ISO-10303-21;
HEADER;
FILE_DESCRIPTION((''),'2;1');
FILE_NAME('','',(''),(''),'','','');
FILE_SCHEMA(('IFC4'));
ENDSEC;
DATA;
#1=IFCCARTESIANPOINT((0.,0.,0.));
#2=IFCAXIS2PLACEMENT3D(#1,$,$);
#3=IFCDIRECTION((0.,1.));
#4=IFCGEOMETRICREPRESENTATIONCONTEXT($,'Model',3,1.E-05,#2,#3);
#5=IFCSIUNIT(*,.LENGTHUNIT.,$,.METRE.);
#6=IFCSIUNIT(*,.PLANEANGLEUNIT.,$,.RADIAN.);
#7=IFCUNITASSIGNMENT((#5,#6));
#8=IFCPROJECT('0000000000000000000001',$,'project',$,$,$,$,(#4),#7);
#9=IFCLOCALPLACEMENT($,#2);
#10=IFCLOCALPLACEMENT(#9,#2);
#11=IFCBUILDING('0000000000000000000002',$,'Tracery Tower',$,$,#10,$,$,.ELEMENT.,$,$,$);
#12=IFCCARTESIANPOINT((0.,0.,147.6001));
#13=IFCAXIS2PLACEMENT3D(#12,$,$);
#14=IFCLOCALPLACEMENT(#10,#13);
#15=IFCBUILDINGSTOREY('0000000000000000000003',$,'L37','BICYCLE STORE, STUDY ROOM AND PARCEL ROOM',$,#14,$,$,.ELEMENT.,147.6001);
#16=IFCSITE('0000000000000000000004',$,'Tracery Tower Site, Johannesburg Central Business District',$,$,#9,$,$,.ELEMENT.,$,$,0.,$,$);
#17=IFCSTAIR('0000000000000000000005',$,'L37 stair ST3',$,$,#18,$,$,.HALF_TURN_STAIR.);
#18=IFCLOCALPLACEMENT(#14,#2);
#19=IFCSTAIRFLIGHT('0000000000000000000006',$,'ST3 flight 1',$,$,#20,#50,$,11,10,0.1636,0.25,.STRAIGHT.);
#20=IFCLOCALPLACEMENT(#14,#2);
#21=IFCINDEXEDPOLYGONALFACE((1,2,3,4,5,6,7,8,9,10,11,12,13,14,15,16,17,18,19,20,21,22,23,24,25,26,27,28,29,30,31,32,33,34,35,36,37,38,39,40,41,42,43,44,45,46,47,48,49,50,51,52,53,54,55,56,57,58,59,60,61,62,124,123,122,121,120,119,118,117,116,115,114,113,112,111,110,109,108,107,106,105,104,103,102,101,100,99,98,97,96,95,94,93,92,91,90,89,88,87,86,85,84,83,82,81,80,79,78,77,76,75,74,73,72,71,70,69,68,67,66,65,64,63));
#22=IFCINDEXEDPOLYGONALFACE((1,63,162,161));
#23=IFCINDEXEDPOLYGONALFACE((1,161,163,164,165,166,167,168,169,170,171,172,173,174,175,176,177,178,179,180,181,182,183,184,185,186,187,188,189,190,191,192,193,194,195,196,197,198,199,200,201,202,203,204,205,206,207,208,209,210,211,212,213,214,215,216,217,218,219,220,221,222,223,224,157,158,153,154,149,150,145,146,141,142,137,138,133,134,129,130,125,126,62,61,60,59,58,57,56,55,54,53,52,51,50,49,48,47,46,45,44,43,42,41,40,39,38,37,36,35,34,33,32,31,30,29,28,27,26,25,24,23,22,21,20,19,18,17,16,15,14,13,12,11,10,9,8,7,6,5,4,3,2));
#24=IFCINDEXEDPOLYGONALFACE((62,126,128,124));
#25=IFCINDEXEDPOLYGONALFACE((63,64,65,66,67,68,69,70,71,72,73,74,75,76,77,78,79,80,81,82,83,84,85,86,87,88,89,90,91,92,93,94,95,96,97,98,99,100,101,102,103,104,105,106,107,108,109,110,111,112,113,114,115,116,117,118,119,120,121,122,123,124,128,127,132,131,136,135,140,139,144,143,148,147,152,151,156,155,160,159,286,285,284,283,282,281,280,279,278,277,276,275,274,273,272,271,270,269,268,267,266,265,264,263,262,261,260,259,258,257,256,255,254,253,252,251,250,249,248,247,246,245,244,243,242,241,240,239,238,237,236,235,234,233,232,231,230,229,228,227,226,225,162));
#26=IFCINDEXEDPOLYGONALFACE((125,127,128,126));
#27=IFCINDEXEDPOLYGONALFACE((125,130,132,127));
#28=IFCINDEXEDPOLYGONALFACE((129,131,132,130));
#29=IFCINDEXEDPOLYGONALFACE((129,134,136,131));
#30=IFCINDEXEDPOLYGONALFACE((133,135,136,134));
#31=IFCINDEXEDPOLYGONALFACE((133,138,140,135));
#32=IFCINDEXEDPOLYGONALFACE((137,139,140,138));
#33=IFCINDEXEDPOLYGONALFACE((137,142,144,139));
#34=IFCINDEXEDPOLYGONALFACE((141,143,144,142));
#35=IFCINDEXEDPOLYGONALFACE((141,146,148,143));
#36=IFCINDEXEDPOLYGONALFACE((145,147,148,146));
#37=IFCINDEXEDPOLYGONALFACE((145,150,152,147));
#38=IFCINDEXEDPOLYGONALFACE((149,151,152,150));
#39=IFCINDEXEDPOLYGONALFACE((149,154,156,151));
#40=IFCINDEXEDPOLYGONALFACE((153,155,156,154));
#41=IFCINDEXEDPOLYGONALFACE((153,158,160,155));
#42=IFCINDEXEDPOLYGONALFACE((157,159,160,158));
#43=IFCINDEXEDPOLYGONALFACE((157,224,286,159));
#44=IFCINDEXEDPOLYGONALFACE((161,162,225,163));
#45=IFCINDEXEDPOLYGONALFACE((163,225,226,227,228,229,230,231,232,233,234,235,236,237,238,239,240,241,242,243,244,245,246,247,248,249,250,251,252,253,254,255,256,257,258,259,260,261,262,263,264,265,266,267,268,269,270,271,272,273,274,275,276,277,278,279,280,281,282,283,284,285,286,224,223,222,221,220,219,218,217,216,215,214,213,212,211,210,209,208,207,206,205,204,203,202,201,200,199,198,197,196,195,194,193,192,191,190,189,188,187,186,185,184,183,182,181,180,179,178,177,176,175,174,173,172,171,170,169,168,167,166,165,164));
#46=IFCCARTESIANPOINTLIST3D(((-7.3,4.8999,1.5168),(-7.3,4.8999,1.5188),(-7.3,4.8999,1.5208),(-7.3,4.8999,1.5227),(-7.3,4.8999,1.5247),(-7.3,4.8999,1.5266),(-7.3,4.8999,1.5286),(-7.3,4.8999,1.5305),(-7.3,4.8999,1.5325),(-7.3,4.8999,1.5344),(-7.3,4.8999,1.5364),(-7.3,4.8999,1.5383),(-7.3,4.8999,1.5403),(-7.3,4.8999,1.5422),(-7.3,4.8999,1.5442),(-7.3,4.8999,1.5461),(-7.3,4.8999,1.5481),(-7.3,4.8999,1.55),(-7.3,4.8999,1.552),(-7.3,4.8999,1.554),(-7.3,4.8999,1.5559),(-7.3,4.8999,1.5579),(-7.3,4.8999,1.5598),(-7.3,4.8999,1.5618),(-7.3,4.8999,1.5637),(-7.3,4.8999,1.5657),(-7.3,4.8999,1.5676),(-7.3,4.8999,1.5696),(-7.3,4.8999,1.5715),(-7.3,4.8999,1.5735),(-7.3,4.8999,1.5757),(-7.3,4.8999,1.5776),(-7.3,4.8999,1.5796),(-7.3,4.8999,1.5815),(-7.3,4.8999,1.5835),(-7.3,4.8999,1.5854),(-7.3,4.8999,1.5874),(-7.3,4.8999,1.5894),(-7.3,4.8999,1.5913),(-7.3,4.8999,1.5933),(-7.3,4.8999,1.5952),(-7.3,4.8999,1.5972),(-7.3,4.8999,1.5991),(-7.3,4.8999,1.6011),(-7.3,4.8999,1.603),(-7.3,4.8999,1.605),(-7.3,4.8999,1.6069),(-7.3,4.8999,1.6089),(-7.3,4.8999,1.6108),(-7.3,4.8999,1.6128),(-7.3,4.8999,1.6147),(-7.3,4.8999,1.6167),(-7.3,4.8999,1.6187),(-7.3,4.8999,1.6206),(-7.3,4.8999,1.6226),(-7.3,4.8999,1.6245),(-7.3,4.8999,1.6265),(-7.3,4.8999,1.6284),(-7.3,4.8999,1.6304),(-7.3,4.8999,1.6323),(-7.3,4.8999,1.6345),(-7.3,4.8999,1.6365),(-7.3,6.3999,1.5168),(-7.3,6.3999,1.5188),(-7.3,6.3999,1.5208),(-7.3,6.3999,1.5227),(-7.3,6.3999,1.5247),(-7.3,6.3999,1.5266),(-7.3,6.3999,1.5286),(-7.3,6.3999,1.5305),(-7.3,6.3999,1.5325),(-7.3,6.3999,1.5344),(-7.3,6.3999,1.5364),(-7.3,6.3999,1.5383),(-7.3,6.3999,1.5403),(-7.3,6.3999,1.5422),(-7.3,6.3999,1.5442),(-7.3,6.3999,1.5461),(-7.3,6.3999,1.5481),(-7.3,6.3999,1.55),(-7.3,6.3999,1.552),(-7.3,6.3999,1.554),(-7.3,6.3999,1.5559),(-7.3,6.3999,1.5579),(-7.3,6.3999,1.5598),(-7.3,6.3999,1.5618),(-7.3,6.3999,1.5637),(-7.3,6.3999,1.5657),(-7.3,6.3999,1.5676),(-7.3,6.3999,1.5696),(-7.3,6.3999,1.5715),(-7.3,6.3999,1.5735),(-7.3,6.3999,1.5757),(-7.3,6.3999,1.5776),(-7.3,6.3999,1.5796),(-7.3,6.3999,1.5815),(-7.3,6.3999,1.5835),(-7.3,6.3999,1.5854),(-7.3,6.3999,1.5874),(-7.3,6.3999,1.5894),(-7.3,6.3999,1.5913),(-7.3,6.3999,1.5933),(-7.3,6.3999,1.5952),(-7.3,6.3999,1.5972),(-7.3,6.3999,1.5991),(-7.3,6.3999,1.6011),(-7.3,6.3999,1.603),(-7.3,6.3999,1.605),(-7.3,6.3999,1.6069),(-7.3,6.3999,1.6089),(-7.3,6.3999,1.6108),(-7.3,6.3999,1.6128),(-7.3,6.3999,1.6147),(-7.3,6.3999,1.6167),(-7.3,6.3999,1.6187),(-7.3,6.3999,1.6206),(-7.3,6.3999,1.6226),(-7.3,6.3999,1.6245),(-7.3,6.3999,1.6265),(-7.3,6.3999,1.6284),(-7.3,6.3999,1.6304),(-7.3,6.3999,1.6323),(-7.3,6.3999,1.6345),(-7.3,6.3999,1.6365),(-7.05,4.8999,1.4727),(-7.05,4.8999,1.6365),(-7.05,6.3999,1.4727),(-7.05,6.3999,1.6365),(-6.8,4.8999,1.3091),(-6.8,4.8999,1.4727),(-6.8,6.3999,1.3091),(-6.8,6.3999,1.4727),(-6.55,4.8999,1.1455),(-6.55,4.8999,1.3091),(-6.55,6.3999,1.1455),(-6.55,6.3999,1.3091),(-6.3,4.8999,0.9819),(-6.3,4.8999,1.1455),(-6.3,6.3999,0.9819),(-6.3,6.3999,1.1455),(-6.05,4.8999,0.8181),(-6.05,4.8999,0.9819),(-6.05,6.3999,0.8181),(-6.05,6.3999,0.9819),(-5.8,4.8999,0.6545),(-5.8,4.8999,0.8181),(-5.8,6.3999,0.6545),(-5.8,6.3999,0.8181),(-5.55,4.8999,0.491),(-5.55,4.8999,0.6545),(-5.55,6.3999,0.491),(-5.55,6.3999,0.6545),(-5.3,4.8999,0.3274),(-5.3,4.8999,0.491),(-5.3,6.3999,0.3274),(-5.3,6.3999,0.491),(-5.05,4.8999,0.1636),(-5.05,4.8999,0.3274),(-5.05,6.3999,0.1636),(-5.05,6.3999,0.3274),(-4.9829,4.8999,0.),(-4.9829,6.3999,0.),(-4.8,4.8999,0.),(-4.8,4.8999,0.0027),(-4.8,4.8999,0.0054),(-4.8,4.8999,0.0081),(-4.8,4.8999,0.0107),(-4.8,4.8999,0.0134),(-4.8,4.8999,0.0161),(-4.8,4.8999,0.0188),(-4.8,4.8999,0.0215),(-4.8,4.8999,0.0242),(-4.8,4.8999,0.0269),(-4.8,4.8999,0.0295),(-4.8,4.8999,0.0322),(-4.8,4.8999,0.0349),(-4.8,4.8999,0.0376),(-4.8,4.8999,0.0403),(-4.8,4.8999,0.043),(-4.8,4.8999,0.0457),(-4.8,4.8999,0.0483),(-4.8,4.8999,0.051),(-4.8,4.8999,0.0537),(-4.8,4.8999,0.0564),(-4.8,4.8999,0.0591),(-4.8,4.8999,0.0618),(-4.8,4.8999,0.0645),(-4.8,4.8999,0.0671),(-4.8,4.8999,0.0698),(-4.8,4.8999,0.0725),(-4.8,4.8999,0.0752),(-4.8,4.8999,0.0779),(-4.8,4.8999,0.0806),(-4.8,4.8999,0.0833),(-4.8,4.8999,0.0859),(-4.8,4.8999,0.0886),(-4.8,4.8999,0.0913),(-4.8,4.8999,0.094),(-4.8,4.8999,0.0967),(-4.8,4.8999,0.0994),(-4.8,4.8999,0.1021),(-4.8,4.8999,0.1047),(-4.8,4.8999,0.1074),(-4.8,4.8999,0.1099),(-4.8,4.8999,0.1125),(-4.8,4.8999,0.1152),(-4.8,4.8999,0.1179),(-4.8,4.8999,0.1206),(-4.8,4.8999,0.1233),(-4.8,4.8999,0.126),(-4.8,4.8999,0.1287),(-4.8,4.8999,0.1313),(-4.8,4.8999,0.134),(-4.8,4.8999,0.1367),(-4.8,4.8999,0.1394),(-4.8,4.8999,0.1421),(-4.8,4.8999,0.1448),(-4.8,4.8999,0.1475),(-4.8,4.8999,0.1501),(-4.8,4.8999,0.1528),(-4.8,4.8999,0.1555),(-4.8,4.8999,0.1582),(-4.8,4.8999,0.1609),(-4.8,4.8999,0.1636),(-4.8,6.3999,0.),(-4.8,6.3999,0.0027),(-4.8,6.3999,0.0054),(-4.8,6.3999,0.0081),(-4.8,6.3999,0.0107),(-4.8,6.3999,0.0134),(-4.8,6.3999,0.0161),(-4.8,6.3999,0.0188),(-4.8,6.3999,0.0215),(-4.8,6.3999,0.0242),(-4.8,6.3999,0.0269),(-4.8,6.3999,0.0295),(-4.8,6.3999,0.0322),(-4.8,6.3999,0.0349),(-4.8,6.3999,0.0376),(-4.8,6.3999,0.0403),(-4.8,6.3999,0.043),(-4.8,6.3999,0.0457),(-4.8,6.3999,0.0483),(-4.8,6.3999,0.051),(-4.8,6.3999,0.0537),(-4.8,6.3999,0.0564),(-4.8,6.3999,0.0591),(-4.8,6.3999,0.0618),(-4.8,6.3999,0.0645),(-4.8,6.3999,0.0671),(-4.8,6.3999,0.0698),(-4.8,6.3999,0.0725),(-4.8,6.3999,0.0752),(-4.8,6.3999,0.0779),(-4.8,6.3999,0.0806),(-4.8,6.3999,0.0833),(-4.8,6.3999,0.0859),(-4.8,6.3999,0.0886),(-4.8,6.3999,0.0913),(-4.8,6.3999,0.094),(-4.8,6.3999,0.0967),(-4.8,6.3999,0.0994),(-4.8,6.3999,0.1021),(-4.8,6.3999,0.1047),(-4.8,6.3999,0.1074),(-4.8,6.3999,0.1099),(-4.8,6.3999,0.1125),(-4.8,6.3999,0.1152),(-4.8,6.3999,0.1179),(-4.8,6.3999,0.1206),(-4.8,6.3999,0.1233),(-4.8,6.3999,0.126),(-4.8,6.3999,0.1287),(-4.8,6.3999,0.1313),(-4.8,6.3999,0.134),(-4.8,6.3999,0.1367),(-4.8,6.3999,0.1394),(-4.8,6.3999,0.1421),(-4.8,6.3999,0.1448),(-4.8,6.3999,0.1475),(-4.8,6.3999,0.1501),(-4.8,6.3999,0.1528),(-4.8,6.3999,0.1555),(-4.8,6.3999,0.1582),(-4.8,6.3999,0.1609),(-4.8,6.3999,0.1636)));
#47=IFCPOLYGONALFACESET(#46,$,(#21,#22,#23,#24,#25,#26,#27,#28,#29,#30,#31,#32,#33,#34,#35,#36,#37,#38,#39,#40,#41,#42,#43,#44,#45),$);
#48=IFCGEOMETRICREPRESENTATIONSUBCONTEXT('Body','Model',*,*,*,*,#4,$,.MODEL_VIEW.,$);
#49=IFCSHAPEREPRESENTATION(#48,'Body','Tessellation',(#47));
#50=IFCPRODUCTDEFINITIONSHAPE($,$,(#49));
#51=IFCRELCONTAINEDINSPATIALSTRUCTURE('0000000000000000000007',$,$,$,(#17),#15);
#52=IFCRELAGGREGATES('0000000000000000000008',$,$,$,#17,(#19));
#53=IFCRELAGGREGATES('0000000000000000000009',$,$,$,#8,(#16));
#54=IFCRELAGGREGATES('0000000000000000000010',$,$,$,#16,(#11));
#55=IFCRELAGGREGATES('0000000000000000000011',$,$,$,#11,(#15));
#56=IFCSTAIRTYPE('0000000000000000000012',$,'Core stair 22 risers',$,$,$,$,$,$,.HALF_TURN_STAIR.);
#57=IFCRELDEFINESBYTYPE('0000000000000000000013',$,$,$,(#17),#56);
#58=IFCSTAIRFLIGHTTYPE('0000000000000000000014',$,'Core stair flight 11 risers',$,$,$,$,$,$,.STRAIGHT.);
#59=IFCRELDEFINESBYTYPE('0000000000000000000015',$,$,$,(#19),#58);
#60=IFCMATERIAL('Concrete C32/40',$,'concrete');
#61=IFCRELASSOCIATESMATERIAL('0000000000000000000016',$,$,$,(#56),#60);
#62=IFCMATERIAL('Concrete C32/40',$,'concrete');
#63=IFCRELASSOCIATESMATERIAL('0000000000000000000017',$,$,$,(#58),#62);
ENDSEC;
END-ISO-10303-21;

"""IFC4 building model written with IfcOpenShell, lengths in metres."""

from ifc_helpers import new_model, si_unit, direction, frame, origin, place, context, subcontext, project, spatial, polyline, outline, extrude, material, type_object, element, aggregate, save


model = new_model("IFC4")

# Units and contexts
model_context = context("Model", 3, precision=1e-05, world=origin(), true_north=direction((0.0, 1.0)))
body_context = subcontext(model_context, "Body", "Model", "MODEL_VIEW")
ifc_project = project(units=[si_unit("LENGTHUNIT", "METRE"), si_unit("PLANEANGLEUNIT", "RADIAN")], contexts=[model_context])

# Site, building, storey
site_placement = place(None, origin())
site = spatial("IfcSite", under=ifc_project, at=site_placement, Name="Tracery Tower Site, Johannesburg Central Business District", CompositionType="ELEMENT", RefElevation=0.0)
building_placement = place(site_placement, origin())
building = spatial("IfcBuilding", under=site, at=building_placement, Name="Tracery Tower", CompositionType="ELEMENT")
storey_placement = place(building_placement, frame((0.0, 0.0, 147.6001)))
storey = spatial("IfcBuildingStorey", under=building, at=storey_placement, Name="L37", Description="BICYCLE STORE, STUDY ROOM AND PARCEL ROOM", CompositionType="ELEMENT", Elevation=147.6001)

# Stair, stair flight
ifc_material_1 = material(Name="Concrete C32/40", Category="concrete")
stair_type = type_object("IfcStairType", Name="Core stair 22 risers", PredefinedType="HALF_TURN_STAIR", material=ifc_material_1)
stair_placement = place(storey_placement, origin())
stair = element("IfcStair", 1, at=stair_placement, inside=storey, type_object=stair_type, Name="L37 stair ST3", PredefinedType="HALF_TURN_STAIR")
ifc_material_2 = material(Name="Concrete C32/40", Category="concrete")
stair_flight_type = type_object("IfcStairFlightType", Name="Core stair flight 11 risers", PredefinedType="STRAIGHT", material=ifc_material_2)
stair_flight_1_placement = place(storey_placement, frame((-4.8, 5.6499, 0.0), z_axis=(0.0, 0.0, 1.0), x_axis=(-1.0, 0.0, 0.0)))
stair_flight_1 = element("IfcStairFlight", 2, at=stair_flight_1_placement, type_object=stair_flight_type, Name="ST3 flight 1", NumberOfRisers=11, NumberOfTreads=10, PredefinedType="STRAIGHT", RiserHeight=0.1636, TreadLength=0.25, context=body_context, shape_type="SweptSolid", body=[
    extrude(outline(polyline([(0.0, 0.0), (0.0, 0.0027), (0.0, 0.0054), (0.0, 0.0081), (0.0, 0.0107), (0.0, 0.0134), (0.0, 0.0161), (0.0, 0.0188), (0.0, 0.0215), (0.0, 0.0242), (0.0, 0.0269), (0.0, 0.0295), (0.0, 0.0322), (0.0, 0.0349), (0.0, 0.0376), (0.0, 0.0403), (0.0, 0.043), (0.0, 0.0457), (0.0, 0.0483), (0.0, 0.051), (0.0, 0.0537), (0.0, 0.0564), (0.0, 0.0591), (0.0, 0.0618), (0.0, 0.0645), (0.0, 0.0671), (0.0, 0.0698), (0.0, 0.0725), (0.0, 0.0752), (0.0, 0.0779), (0.0, 0.0806), (0.0, 0.0833), (0.0, 0.0859), (0.0, 0.0886), (0.0, 0.0913), (0.0, 0.094), (0.0, 0.0967), (0.0, 0.0994), (0.0, 0.1021), (0.0, 0.1047), (0.0, 0.1074), (0.0, 0.1099), (0.0, 0.1125), (0.0, 0.1152), (0.0, 0.1179), (0.0, 0.1206), (0.0, 0.1233), (0.0, 0.126), (0.0, 0.1287), (0.0, 0.1313), (0.0, 0.134), (0.0, 0.1367), (0.0, 0.1394), (0.0, 0.1421), (0.0, 0.1448), (0.0, 0.1475), (0.0, 0.1501), (0.0, 0.1528), (0.0, 0.1555), (0.0, 0.1582), (0.0, 0.1609), (0.0, 0.1636), (0.25, 0.1636), (0.25, 0.3274), (0.5, 0.3274), (0.5, 0.491), (0.75, 0.491), (0.75, 0.6545), (1.0, 0.6545), (1.0, 0.8181), (1.25, 0.8181), (1.25, 0.9819), (1.5, 0.9819), (1.5, 1.1455), (1.75, 1.1455), (1.75, 1.3091), (2.0, 1.3091), (2.0, 1.4727), (2.25, 1.4727), (2.25, 1.6365), (2.5, 1.6365), (2.5, 1.6345), (2.5, 1.6323), (2.5, 1.6304), (2.5, 1.6284), (2.5, 1.6265), (2.5, 1.6245), (2.5, 1.6226), (2.5, 1.6206), (2.5, 1.6187), (2.5, 1.6167), (2.5, 1.6147), (2.5, 1.6128), (2.5, 1.6108), (2.5, 1.6089), (2.5, 1.6069), (2.5, 1.605), (2.5, 1.603), (2.5, 1.6011), (2.5, 1.5991), (2.5, 1.5972), (2.5, 1.5952), (2.5, 1.5933), (2.5, 1.5913), (2.5, 1.5894), (2.5, 1.5874), (2.5, 1.5854), (2.5, 1.5835), (2.5, 1.5815), (2.5, 1.5796), (2.5, 1.5776), (2.5, 1.5757), (2.5, 1.5735), (2.5, 1.5715), (2.5, 1.5696), (2.5, 1.5676), (2.5, 1.5657), (2.5, 1.5637), (2.5, 1.5618), (2.5, 1.5598), (2.5, 1.5579), (2.5, 1.5559), (2.5, 1.554), (2.5, 1.552), (2.5, 1.55), (2.5, 1.5481), (2.5, 1.5461), (2.5, 1.5442), (2.5, 1.5422), (2.5, 1.5403), (2.5, 1.5383), (2.5, 1.5364), (2.5, 1.5344), (2.5, 1.5325), (2.5, 1.5305), (2.5, 1.5286), (2.5, 1.5266), (2.5, 1.5247), (2.5, 1.5227), (2.5, 1.5208), (2.5, 1.5188), (2.5, 1.5168), (0.1829, 0.0), (0.0, 0.0)])), frame((0.0, 0.75, 0.0), z_axis=(0.0, -1.0, 0.0), x_axis=(1.0, 0.0, 0.0)), (0.0, 0.0, 1.0), 1.5),
])
aggregate(stair, [stair_flight_1])

save(model, "model.ifc")
